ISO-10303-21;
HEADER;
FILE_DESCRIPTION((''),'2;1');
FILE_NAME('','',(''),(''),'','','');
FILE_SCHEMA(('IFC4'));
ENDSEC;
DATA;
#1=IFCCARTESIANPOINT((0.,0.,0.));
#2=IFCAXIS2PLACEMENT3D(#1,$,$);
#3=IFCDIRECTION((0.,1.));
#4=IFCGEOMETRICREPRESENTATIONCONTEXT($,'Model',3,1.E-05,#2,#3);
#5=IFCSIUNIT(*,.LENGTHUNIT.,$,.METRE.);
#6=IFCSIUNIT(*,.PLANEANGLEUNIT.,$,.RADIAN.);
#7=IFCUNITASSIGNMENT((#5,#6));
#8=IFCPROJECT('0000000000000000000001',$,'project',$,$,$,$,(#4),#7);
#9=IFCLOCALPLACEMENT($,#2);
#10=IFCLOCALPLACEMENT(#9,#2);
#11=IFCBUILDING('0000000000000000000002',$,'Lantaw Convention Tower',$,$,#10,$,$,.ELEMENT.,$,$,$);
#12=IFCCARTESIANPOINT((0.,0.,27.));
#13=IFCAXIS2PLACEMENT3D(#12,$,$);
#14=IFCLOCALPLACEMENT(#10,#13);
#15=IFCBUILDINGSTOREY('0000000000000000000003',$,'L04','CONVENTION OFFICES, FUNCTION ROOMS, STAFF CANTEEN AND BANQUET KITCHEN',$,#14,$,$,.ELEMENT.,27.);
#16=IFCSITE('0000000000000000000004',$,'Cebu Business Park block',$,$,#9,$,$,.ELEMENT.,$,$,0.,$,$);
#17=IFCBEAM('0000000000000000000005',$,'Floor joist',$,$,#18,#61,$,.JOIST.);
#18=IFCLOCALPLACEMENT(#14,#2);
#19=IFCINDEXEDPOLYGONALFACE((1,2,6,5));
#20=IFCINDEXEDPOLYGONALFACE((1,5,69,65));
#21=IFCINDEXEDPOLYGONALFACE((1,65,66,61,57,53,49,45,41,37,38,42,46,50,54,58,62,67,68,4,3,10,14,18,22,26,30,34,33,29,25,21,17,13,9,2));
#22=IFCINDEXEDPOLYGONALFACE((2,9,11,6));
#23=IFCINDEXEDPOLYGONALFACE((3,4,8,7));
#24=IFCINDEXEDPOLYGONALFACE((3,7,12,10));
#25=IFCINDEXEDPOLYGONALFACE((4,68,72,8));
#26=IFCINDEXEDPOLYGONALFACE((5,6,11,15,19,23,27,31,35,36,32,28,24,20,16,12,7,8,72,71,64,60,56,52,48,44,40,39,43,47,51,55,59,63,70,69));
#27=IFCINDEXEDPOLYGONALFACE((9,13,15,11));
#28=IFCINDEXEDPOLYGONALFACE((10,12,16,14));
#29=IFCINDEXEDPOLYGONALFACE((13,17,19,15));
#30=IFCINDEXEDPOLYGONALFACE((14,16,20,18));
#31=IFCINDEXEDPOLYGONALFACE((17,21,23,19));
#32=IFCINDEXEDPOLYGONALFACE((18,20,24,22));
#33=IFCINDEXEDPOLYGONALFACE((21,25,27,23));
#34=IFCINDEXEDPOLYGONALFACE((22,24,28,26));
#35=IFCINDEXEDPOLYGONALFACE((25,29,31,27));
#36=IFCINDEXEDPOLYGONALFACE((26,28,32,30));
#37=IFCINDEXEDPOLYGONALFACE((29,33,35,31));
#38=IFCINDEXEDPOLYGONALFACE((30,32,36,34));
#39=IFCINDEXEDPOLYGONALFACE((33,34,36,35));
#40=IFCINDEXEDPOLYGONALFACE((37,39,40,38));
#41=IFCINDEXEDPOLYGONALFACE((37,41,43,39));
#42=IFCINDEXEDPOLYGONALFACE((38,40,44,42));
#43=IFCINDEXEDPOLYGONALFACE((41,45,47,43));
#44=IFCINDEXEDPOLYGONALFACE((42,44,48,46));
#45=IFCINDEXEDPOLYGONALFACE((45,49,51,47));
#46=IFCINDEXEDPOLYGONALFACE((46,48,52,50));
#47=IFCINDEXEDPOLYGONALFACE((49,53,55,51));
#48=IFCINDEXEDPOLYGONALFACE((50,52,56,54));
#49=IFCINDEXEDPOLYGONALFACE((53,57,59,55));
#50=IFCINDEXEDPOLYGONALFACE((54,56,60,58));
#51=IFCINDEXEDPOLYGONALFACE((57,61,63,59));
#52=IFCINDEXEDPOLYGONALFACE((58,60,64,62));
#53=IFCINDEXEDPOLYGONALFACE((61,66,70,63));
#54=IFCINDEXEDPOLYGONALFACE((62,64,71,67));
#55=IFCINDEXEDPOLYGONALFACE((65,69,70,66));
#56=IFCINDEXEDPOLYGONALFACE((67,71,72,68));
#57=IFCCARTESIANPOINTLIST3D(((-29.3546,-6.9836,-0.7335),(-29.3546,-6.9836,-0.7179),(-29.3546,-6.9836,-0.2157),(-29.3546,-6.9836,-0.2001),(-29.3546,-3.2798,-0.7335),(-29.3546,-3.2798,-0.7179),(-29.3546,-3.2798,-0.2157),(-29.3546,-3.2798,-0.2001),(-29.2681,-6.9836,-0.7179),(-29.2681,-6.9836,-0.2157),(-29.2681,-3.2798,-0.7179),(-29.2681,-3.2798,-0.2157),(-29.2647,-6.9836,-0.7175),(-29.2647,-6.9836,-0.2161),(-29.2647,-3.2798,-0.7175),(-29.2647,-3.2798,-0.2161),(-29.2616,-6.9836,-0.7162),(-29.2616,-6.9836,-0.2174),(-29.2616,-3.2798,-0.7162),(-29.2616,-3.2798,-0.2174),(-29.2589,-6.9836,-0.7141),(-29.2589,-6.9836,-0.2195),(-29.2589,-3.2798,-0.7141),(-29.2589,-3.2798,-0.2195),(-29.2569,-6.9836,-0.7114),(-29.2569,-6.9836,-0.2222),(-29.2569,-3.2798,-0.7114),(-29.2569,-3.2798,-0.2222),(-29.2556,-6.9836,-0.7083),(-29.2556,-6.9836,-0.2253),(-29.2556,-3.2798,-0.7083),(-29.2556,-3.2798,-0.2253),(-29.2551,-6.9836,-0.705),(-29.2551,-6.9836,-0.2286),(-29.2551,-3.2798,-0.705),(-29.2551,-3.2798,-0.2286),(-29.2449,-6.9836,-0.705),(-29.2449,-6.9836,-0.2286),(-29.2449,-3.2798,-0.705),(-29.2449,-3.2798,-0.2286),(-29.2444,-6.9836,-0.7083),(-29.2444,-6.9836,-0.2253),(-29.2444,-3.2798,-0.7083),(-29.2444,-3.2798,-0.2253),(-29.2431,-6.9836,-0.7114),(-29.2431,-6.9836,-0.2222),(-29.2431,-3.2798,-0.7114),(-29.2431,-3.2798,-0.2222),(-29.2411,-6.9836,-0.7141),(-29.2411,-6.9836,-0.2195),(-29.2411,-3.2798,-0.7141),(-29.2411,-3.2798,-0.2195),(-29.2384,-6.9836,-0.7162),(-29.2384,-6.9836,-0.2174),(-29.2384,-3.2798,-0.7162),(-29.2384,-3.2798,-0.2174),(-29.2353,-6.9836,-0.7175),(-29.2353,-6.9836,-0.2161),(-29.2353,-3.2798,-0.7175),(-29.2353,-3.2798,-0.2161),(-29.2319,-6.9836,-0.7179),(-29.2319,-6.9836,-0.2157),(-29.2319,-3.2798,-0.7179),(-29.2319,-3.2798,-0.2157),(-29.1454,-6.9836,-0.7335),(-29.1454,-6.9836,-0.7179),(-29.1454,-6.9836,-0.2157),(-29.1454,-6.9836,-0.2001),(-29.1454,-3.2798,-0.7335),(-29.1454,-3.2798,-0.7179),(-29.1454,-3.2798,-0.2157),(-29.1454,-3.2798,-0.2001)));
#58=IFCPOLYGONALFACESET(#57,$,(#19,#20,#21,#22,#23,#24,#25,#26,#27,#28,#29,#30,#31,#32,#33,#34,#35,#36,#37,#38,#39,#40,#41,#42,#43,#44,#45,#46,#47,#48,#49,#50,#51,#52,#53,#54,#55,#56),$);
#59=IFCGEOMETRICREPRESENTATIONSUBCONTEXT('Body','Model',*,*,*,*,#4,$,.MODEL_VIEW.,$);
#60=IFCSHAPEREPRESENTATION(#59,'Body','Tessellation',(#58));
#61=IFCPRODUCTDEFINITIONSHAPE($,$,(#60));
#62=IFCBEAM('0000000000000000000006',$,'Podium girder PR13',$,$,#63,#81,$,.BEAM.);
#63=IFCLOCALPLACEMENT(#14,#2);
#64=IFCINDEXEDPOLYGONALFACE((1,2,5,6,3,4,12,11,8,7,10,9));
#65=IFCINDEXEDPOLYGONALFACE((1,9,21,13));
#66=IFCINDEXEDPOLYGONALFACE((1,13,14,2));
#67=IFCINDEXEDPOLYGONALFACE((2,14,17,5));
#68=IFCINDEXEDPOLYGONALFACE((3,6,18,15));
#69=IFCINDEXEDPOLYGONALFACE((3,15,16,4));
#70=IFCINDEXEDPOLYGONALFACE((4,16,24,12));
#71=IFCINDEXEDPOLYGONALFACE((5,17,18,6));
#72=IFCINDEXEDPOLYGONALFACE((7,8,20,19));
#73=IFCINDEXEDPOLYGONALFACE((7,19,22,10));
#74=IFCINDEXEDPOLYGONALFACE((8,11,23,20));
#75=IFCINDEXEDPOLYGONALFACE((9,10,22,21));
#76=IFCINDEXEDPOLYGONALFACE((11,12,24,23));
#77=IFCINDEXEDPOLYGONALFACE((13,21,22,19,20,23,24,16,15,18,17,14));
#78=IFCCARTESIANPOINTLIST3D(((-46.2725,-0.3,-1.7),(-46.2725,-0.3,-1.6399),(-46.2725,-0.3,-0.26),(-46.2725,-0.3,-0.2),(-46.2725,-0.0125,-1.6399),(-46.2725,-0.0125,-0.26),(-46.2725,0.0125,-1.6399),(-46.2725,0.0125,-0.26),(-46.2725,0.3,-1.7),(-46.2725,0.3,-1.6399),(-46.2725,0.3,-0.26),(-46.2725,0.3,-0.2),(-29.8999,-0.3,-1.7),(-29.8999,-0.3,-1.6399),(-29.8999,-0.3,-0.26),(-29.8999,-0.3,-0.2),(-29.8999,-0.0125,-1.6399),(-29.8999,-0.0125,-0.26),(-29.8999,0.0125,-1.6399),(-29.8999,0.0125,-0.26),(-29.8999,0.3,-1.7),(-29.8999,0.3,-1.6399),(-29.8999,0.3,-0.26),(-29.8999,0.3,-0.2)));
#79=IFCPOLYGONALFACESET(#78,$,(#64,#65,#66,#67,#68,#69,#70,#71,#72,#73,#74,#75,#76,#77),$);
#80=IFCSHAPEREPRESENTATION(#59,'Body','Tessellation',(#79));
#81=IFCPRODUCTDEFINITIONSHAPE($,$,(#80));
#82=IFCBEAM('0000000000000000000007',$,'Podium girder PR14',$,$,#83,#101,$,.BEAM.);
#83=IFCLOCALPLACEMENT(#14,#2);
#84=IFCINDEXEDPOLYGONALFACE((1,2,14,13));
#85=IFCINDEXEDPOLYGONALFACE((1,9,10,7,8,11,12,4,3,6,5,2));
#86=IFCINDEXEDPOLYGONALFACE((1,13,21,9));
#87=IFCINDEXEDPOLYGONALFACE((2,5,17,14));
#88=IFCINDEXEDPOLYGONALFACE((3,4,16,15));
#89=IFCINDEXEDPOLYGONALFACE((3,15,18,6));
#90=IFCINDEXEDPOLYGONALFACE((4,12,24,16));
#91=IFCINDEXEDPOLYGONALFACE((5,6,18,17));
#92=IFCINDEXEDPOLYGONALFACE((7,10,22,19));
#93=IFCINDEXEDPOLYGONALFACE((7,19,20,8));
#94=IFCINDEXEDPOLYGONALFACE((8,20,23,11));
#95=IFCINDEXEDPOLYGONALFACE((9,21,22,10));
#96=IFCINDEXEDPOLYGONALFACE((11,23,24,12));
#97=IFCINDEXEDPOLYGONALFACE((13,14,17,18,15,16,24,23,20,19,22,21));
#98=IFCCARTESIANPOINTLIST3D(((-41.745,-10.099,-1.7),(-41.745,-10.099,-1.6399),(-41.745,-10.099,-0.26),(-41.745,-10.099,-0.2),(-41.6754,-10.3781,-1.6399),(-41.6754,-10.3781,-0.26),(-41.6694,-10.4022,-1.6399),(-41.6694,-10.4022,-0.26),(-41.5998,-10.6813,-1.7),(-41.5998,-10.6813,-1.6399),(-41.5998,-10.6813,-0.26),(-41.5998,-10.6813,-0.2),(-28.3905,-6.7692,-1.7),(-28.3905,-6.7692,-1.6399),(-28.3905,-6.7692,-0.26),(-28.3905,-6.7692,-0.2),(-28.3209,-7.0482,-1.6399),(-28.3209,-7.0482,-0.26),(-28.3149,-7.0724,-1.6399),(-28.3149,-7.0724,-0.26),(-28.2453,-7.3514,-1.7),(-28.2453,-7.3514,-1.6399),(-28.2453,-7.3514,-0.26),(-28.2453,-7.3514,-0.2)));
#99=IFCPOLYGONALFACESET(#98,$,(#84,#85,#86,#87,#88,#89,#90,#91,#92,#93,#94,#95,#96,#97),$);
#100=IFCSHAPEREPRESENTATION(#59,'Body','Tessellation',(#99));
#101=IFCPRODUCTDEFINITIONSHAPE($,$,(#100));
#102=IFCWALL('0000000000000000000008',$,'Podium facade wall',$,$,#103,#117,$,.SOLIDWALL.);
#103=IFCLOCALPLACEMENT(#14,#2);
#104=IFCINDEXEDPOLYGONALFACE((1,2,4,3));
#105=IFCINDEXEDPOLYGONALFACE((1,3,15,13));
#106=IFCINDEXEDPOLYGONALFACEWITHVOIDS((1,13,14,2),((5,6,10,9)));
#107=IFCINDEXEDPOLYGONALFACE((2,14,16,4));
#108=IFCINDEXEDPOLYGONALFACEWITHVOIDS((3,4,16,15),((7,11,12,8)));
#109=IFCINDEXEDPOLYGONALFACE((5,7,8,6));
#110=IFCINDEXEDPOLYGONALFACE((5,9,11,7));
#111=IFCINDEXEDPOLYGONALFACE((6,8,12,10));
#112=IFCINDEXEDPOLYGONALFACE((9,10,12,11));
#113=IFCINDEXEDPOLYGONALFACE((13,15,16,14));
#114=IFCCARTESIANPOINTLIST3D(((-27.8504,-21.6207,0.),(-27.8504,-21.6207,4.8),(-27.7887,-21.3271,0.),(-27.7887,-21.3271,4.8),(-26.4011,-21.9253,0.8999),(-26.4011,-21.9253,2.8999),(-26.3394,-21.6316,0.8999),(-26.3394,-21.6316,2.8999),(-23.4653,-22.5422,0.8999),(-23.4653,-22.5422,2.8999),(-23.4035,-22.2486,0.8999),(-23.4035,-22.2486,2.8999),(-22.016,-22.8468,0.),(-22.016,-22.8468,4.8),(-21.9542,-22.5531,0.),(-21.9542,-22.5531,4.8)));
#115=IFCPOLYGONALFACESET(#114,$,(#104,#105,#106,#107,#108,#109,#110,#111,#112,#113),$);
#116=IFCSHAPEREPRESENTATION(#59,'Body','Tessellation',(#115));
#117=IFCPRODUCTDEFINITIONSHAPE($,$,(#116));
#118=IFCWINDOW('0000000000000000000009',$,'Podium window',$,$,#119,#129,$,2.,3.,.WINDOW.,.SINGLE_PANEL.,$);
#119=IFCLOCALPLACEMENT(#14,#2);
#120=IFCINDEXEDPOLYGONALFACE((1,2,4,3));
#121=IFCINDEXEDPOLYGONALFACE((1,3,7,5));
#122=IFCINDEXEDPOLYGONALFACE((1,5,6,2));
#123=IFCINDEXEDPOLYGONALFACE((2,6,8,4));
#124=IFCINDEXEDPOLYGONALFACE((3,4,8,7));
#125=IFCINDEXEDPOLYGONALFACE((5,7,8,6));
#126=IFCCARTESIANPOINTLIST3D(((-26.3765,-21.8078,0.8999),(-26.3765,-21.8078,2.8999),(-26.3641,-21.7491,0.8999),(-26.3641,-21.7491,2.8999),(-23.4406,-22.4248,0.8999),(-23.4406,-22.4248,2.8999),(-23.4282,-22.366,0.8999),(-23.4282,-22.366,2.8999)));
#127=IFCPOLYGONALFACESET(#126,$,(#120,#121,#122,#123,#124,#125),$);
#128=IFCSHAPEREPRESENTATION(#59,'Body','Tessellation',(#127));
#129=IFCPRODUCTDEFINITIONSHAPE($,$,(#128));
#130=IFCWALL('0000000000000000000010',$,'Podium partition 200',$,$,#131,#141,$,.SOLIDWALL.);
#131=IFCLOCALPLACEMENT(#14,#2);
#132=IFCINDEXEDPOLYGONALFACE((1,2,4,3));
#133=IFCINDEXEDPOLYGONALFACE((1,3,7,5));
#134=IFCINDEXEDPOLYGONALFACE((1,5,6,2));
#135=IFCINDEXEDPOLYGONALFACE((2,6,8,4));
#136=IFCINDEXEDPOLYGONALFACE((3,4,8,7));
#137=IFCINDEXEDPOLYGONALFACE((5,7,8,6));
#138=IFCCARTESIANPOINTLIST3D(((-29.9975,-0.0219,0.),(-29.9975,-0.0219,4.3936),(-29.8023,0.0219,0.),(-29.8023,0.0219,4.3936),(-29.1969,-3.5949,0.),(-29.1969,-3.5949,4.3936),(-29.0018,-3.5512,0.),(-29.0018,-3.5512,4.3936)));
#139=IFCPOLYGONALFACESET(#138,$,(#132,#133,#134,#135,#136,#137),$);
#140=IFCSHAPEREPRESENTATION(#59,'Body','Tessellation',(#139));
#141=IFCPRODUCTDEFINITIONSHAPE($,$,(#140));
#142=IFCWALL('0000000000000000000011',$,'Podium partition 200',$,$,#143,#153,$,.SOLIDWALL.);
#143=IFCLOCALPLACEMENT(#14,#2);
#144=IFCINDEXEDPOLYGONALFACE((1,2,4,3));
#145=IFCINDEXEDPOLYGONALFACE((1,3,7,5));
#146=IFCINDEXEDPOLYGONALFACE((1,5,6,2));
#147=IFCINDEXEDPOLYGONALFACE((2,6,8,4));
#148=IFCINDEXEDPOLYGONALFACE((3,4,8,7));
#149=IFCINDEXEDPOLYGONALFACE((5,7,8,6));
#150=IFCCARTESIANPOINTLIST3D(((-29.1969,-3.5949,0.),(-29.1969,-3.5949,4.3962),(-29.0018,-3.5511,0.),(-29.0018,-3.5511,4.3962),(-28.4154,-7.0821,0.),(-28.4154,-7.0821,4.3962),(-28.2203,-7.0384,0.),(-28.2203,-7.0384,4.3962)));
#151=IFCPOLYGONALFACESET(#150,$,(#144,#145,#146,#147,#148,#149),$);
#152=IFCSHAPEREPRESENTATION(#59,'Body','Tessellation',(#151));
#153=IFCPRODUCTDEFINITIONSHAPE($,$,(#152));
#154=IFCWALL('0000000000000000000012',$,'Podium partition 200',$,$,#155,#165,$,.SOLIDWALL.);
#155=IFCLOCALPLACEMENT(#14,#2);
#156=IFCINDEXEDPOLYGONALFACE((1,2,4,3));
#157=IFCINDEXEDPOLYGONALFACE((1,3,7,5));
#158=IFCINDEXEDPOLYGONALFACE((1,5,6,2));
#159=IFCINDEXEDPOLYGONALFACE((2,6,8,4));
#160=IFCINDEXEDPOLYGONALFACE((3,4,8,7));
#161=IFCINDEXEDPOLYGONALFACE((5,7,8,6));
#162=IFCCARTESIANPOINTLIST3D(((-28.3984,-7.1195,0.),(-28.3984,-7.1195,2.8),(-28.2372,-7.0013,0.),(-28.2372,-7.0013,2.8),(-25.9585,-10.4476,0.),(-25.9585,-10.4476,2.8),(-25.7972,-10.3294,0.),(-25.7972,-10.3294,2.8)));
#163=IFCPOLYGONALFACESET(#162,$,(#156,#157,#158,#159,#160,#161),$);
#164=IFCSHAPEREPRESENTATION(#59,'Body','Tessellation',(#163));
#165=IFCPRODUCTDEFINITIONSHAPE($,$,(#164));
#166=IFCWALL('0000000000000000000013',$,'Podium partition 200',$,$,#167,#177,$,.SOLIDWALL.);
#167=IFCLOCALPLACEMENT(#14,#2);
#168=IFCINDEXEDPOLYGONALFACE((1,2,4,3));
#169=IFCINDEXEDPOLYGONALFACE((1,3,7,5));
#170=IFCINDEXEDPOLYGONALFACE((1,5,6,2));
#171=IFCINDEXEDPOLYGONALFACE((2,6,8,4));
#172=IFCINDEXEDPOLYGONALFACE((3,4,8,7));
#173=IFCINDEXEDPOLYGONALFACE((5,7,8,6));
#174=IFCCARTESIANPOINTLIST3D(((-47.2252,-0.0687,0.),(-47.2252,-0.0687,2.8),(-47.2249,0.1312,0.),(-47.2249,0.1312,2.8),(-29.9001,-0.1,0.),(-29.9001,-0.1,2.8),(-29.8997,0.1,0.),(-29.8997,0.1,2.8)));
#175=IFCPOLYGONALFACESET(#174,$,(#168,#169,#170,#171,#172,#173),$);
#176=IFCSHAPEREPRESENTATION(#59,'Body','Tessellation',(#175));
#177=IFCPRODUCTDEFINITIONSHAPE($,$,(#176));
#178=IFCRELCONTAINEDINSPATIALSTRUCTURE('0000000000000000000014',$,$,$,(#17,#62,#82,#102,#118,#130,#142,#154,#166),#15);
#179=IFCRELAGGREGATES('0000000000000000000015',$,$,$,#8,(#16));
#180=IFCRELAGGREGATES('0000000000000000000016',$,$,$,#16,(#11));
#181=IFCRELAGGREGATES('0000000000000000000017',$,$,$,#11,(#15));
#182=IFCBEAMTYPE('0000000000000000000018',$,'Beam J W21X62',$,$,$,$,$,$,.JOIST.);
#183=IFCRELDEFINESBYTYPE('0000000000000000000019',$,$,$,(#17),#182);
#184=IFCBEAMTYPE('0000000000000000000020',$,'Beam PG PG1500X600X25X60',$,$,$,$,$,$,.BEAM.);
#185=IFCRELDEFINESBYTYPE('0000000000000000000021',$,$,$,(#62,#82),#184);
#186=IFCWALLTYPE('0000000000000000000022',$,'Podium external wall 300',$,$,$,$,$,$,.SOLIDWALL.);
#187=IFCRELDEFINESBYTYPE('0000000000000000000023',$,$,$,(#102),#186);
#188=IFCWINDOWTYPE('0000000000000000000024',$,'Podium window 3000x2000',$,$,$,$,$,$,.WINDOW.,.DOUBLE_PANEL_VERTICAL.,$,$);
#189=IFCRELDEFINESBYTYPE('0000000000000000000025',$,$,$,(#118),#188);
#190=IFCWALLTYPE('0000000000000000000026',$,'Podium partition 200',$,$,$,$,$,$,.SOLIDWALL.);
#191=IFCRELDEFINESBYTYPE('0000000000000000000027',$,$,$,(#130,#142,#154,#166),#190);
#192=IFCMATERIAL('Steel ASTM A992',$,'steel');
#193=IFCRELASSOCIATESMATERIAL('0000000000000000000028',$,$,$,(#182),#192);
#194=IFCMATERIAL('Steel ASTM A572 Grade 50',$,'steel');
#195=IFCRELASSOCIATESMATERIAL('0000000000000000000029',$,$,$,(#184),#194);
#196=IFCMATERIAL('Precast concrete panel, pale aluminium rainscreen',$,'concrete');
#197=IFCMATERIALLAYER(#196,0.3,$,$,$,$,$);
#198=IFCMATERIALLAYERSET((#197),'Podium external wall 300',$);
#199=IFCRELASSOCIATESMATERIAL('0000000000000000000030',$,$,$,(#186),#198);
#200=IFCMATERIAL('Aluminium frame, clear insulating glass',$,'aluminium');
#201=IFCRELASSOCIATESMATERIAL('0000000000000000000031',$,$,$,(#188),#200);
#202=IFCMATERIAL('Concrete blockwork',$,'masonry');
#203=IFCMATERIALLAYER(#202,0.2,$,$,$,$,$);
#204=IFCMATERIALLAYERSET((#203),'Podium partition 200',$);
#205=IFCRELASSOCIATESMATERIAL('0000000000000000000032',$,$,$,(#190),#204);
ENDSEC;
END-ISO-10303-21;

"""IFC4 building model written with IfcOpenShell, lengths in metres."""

from ifc_helpers import new_model, si_unit, direction, frame, frame_2d, origin, origin_2d, place, context, subcontext, project, spatial, rectangle, i_section, extrude, material, layer, layer_set, material_profile, profile_set, type_object, element, fill, save


model = new_model("IFC4")

# Units and contexts
model_context = context("Model", 3, precision=1e-05, world=origin(), true_north=direction((0.0, 1.0)))
body_context = subcontext(model_context, "Body", "Model", "MODEL_VIEW")
ifc_project = project(units=[si_unit("LENGTHUNIT", "METRE"), si_unit("PLANEANGLEUNIT", "RADIAN")], contexts=[model_context])

# Site, building, storey
site_placement = place(None, origin())
site = spatial("IfcSite", under=ifc_project, at=site_placement, Name="Cebu Business Park block", CompositionType="ELEMENT", RefElevation=0.0)
building_placement = place(site_placement, origin())
building = spatial("IfcBuilding", under=site, at=building_placement, Name="Lantaw Convention Tower", CompositionType="ELEMENT")
storey_placement = place(building_placement, frame((0.0, 0.0, 27.0)))
storey = spatial("IfcBuildingStorey", under=building, at=storey_placement, Name="L04", Description="CONVENTION OFFICES, FUNCTION ROOMS, STAFF CANTEEN AND BANQUET KITCHEN", CompositionType="ELEMENT", Elevation=27.0)

# Shared definitions
ifc_material_1 = material(Name="Steel ASTM A572 Grade 50", Category="steel")

# Beams
ifc_material_2 = material(Name="Steel ASTM A992", Category="steel")
ifc_material_profile_1 = material_profile(ifc_material_2, i_section(OverallWidth=0.2092, OverallDepth=0.5334, WebThickness=0.0103, FlangeThickness=0.0156, FilletRadius=0.0129, at=origin_2d()), Name="W21X62")
ifc_profile_set_1 = profile_set([ifc_material_profile_1], Name="Steel ASTM A992")
beam_type_1 = type_object("IfcBeamType", Name="Beam J W21X62", PredefinedType="JOIST", material=ifc_profile_set_1)
beam_1_placement = place(storey_placement, frame((-29.25, -6.9836, -0.4668), z_axis=(0.0, 1.0, 0.0), x_axis=(-1.0, 0.0, 0.0)))
element("IfcBeam", 1, at=beam_1_placement, inside=storey, type_object=beam_type_1, Name="Floor joist", PredefinedType="JOIST", context=body_context, shape_type="SweptSolid", body=[
    extrude(i_section(OverallWidth=0.2092, OverallDepth=0.5334, WebThickness=0.0103, FlangeThickness=0.0156, FilletRadius=0.0129, at=origin_2d()), origin(), (0.0, 0.0, 1.0), 3.7039),
])
ifc_material_profile_2 = material_profile(ifc_material_1, i_section(OverallWidth=0.6001, OverallDepth=1.5, WebThickness=0.0249, FlangeThickness=0.0601, at=origin_2d()), Name="PG1500X600X25X60")
ifc_profile_set_2 = profile_set([ifc_material_profile_2], Name="Steel ASTM A572 Grade 50")
beam_type_2 = type_object("IfcBeamType", Name="Beam PG PG1500X600X25X60", PredefinedType="BEAM", material=ifc_profile_set_2)
beam_2_placement = place(storey_placement, frame((-29.8999, 0.0, -0.95), z_axis=(-1.0, 0.0, 0.0), x_axis=(0.0, -1.0, 0.0)))
element("IfcBeam", 2, at=beam_2_placement, inside=storey, type_object=beam_type_2, Name="Podium girder PR13", PredefinedType="BEAM", context=body_context, shape_type="SweptSolid", body=[
    extrude(i_section(OverallWidth=0.6001, OverallDepth=1.5, WebThickness=0.0249, FlangeThickness=0.0601, at=origin_2d()), origin(), (0.0, 0.0, 1.0), 16.3726),
])
beam_3_placement = place(storey_placement, frame((-28.3179, -7.0603, -0.95), z_axis=(-0.970293, -0.241935, 0.0), x_axis=(0.241935, -0.970293, 0.0)))
element("IfcBeam", 3, at=beam_3_placement, inside=storey, type_object=beam_type_2, Name="Podium girder PR14", PredefinedType="BEAM", context=body_context, shape_type="SweptSolid", body=[
    extrude(i_section(OverallWidth=0.6001, OverallDepth=1.5, WebThickness=0.0249, FlangeThickness=0.0601, at=origin_2d()), origin(), (0.0, 0.0, 1.0), 13.7634),
])

# Wall, opening, window
ifc_material_3 = material(Name="Precast concrete panel, pale aluminium rainscreen", Category="concrete")
ifc_layer_1 = layer(ifc_material_3, 0.3)
ifc_layer_set_1 = layer_set([ifc_layer_1], Name="Podium external wall 300")
wall_type_1 = type_object("IfcWallType", Name="Podium external wall 300", PredefinedType="SOLIDWALL", material=ifc_layer_set_1)
wall_1_placement = place(storey_placement, frame((-27.8196, -21.4739, 0.0), z_axis=(0.0, 0.0, 1.0), x_axis=(0.978625, -0.205651, 0.0)))
wall_1 = element("IfcWall", 4, at=wall_1_placement, inside=storey, type_object=wall_type_1, Name="Podium facade wall", PredefinedType="SOLIDWALL", context=body_context, shape_type="SweptSolid", body=[
    extrude(rectangle(XDim=5.9619, YDim=0.3, at=frame_2d((2.981, 0.0))), origin(), (0.0, 0.0, 1.0), 4.8),
])
opening_1_placement = place(wall_1_placement, frame((1.481, 0.0, 0.8999)))
opening_1 = element("IfcOpeningElement", 5, at=opening_1_placement, cuts=wall_1, PredefinedType="OPENING", context=body_context, shape_type="SweptSolid", body=[
    extrude(rectangle(XDim=3.0, YDim=2.0, at=frame_2d((1.5, 1.0))), frame((0.0, 0.1599, 0.0), z_axis=(0.0, -1.0, 0.0), x_axis=(1.0, 0.0, 0.0)), (0.0, 0.0, 1.0), 0.3201),
])
ifc_material_4 = material(Name="Aluminium frame, clear insulating glass", Category="aluminium")
window_type = type_object("IfcWindowType", Name="Podium window 3000x2000", PartitioningType="DOUBLE_PANEL_VERTICAL", PredefinedType="WINDOW", material=ifc_material_4)
window_placement = place(opening_1_placement, origin())
window = element("IfcWindow", 6, at=window_placement, inside=storey, type_object=window_type, Name="Podium window", OverallHeight=2.0, OverallWidth=3.0, PartitioningType="SINGLE_PANEL", PredefinedType="WINDOW", context=body_context, shape_type="SweptSolid", body=[
    extrude(rectangle(XDim=3.0, YDim=2.0, at=frame_2d((1.5, 1.0))), frame((0.0, 0.03, 0.0), z_axis=(0.0, -1.0, 0.0), x_axis=(1.0, 0.0, 0.0)), (0.0, 0.0, 1.0), 0.0601),
])
fill(opening_1, window)

# Walls
ifc_material_5 = material(Name="Concrete blockwork", Category="masonry")
ifc_layer_2 = layer(ifc_material_5, 0.2)
ifc_layer_set_2 = layer_set([ifc_layer_2], Name="Podium partition 200")
wall_type_2 = type_object("IfcWallType", Name="Podium partition 200", PredefinedType="SOLIDWALL", material=ifc_layer_set_2)
wall_2_placement = place(storey_placement, frame((-29.8999, 0.0, 0.0), z_axis=(0.0, 0.0, 1.0), x_axis=(0.218632, -0.975807, 0.0)))
element("IfcWall", 7, at=wall_2_placement, inside=storey, type_object=wall_type_2, Name="Podium partition 200", PredefinedType="SOLIDWALL", context=body_context, shape_type="SweptSolid", body=[
    extrude(rectangle(XDim=3.6616, YDim=0.2, at=frame_2d((1.8308, 0.0))), origin(), (0.0, 0.0, 1.0), 4.3936),
])
wall_3_placement = place(storey_placement, frame((-29.0994, -3.573, 0.0), z_axis=(0.0, 0.0, 1.0), x_axis=(0.218673, -0.975798, 0.0)))
element("IfcWall", 8, at=wall_3_placement, inside=storey, type_object=wall_type_2, Name="Podium partition 200", PredefinedType="SOLIDWALL", context=body_context, shape_type="SweptSolid", body=[
    extrude(rectangle(XDim=3.5737, YDim=0.2, at=frame_2d((1.7869, 0.0))), origin(), (0.0, 0.0, 1.0), 4.3962),
])
wall_4_placement = place(storey_placement, frame((-28.3179, -7.0603, 0.0), z_axis=(0.0, 0.0, 1.0), x_axis=(0.591256, -0.806484, 0.0)))
element("IfcWall", 9, at=wall_4_placement, inside=storey, type_object=wall_type_2, Name="Podium partition 200", PredefinedType="SOLIDWALL", context=body_context, shape_type="SweptSolid", body=[
    extrude(rectangle(XDim=4.1267, YDim=0.2, at=frame_2d((2.0635, 0.0))), origin(), (0.0, 0.0, 1.0), 2.8),
])

# Wall
wall_5_placement = place(storey_placement, frame((-29.8999, 0.0, 0.0), z_axis=(0.0, 0.0, 1.0), x_axis=(-0.999998, 0.001804, 0.0)))
element("IfcWall", 10, at=wall_5_placement, inside=storey, type_object=wall_type_2, Name="Podium partition 200", PredefinedType="SOLIDWALL", context=body_context, shape_type="SweptSolid", body=[
    extrude(rectangle(XDim=17.3252, YDim=0.2, at=frame_2d((8.6626, 0.0))), origin(), (0.0, 0.0, 1.0), 2.8),
])

save(model, "model.ifc")
